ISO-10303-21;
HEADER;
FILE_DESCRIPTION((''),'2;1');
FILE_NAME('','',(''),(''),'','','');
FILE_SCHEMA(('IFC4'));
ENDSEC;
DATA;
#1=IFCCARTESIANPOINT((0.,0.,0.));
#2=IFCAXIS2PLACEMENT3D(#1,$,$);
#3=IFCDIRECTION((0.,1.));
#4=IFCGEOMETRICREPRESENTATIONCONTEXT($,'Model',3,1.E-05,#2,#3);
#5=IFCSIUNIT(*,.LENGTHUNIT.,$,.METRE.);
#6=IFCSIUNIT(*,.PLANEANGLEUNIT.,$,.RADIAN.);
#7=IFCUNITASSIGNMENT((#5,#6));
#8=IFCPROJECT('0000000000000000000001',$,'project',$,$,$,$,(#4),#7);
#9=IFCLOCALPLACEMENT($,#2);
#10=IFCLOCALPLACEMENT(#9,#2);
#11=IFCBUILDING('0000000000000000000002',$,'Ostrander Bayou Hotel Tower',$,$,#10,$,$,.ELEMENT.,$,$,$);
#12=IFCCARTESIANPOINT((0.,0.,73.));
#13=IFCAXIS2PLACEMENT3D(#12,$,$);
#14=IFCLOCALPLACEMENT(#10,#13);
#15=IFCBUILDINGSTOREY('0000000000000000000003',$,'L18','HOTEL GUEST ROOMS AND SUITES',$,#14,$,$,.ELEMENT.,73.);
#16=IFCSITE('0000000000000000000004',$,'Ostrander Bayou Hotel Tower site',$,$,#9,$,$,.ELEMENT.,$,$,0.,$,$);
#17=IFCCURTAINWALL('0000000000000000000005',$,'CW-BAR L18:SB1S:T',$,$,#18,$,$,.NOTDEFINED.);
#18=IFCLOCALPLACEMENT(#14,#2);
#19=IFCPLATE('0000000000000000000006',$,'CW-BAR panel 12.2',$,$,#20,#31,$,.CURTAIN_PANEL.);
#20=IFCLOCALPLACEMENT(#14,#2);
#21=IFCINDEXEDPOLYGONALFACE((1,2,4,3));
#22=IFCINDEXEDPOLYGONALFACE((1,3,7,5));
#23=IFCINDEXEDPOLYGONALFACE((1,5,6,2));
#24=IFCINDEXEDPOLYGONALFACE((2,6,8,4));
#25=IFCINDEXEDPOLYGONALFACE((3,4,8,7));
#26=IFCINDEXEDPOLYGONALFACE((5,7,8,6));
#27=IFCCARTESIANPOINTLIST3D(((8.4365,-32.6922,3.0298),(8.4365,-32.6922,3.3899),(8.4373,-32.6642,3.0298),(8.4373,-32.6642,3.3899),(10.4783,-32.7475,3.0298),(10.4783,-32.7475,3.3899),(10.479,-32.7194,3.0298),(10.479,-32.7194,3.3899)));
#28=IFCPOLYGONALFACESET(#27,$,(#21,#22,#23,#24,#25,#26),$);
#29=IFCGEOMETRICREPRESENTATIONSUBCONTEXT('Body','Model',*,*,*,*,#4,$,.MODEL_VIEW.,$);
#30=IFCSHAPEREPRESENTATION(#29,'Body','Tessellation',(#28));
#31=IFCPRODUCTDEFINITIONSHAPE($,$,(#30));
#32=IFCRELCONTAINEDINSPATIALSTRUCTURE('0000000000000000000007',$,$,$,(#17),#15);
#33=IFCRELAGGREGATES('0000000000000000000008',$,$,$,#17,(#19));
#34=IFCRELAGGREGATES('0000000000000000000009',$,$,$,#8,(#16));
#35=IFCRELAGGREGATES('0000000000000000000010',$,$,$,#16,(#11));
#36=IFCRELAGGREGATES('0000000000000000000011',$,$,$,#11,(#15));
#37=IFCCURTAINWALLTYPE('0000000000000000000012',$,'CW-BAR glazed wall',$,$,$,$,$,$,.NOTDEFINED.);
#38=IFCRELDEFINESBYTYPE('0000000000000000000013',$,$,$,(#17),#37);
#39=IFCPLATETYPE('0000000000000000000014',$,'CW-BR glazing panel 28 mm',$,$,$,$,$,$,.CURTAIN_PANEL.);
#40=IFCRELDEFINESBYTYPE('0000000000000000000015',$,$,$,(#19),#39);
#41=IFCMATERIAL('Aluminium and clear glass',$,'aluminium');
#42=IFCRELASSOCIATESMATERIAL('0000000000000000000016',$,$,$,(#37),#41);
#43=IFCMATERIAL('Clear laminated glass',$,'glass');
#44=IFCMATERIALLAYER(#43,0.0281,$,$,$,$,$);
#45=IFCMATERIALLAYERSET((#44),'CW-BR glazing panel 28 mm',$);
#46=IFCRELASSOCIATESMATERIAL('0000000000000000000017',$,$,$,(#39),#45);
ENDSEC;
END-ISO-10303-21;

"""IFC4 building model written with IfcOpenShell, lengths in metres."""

from ifc_helpers import new_model, si_unit, direction, frame, origin, origin_2d, place, context, subcontext, project, spatial, rectangle, extrude, material, layer, layer_set, type_object, element, aggregate, save


model = new_model("IFC4")

# Units and contexts
model_context = context("Model", 3, precision=1e-05, world=origin(), true_north=direction((0.0, 1.0)))
body_context = subcontext(model_context, "Body", "Model", "MODEL_VIEW")
ifc_project = project(units=[si_unit("LENGTHUNIT", "METRE"), si_unit("PLANEANGLEUNIT", "RADIAN")], contexts=[model_context])

# Site, building, storey
site_placement = place(None, origin())
site = spatial("IfcSite", under=ifc_project, at=site_placement, Name="Ostrander Bayou Hotel Tower site", CompositionType="ELEMENT", RefElevation=0.0)
building_placement = place(site_placement, origin())
building = spatial("IfcBuilding", under=site, at=building_placement, Name="Ostrander Bayou Hotel Tower", CompositionType="ELEMENT")
storey_placement = place(building_placement, frame((0.0, 0.0, 73.0)))
storey = spatial("IfcBuildingStorey", under=building, at=storey_placement, Name="L18", Description="HOTEL GUEST ROOMS AND SUITES", CompositionType="ELEMENT", Elevation=73.0)

# Curtain wall, plate
ifc_material_1 = material(Name="Aluminium and clear glass", Category="aluminium")
curtain_wall_type = type_object("IfcCurtainWallType", Name="CW-BAR glazed wall", PredefinedType="NOTDEFINED", material=ifc_material_1)
curtain_wall_placement = place(storey_placement, origin())
curtain_wall = element("IfcCurtainWall", 1, at=curtain_wall_placement, inside=storey, type_object=curtain_wall_type, Name="CW-BAR L18:SB1S:T", PredefinedType="NOTDEFINED")
ifc_material_2 = material(Name="Clear laminated glass", Category="glass")
ifc_layer_1 = layer(ifc_material_2, 0.0281)
ifc_layer_set_1 = layer_set([ifc_layer_1], Name="CW-BR glazing panel 28 mm")
plate_type = type_object("IfcPlateType", Name="CW-BR glazing panel 28 mm", PredefinedType="CURTAIN_PANEL", material=ifc_layer_set_1)
plate_1_placement = place(storey_placement, frame((9.4578, -32.7058, 3.0298), z_axis=(0.0, 0.0, 1.0), x_axis=(0.999634, -0.027042, 0.0)))
plate_1 = element("IfcPlate", 2, at=plate_1_placement, type_object=plate_type, Name="CW-BAR panel 12.2", PredefinedType="CURTAIN_PANEL", context=body_context, shape_type="SweptSolid", body=[
    extrude(rectangle(XDim=2.0425, YDim=0.0281, at=origin_2d()), origin(), (0.0, 0.0, 1.0), 0.3601),
])
aggregate(curtain_wall, [plate_1])

save(model, "model.ifc")
